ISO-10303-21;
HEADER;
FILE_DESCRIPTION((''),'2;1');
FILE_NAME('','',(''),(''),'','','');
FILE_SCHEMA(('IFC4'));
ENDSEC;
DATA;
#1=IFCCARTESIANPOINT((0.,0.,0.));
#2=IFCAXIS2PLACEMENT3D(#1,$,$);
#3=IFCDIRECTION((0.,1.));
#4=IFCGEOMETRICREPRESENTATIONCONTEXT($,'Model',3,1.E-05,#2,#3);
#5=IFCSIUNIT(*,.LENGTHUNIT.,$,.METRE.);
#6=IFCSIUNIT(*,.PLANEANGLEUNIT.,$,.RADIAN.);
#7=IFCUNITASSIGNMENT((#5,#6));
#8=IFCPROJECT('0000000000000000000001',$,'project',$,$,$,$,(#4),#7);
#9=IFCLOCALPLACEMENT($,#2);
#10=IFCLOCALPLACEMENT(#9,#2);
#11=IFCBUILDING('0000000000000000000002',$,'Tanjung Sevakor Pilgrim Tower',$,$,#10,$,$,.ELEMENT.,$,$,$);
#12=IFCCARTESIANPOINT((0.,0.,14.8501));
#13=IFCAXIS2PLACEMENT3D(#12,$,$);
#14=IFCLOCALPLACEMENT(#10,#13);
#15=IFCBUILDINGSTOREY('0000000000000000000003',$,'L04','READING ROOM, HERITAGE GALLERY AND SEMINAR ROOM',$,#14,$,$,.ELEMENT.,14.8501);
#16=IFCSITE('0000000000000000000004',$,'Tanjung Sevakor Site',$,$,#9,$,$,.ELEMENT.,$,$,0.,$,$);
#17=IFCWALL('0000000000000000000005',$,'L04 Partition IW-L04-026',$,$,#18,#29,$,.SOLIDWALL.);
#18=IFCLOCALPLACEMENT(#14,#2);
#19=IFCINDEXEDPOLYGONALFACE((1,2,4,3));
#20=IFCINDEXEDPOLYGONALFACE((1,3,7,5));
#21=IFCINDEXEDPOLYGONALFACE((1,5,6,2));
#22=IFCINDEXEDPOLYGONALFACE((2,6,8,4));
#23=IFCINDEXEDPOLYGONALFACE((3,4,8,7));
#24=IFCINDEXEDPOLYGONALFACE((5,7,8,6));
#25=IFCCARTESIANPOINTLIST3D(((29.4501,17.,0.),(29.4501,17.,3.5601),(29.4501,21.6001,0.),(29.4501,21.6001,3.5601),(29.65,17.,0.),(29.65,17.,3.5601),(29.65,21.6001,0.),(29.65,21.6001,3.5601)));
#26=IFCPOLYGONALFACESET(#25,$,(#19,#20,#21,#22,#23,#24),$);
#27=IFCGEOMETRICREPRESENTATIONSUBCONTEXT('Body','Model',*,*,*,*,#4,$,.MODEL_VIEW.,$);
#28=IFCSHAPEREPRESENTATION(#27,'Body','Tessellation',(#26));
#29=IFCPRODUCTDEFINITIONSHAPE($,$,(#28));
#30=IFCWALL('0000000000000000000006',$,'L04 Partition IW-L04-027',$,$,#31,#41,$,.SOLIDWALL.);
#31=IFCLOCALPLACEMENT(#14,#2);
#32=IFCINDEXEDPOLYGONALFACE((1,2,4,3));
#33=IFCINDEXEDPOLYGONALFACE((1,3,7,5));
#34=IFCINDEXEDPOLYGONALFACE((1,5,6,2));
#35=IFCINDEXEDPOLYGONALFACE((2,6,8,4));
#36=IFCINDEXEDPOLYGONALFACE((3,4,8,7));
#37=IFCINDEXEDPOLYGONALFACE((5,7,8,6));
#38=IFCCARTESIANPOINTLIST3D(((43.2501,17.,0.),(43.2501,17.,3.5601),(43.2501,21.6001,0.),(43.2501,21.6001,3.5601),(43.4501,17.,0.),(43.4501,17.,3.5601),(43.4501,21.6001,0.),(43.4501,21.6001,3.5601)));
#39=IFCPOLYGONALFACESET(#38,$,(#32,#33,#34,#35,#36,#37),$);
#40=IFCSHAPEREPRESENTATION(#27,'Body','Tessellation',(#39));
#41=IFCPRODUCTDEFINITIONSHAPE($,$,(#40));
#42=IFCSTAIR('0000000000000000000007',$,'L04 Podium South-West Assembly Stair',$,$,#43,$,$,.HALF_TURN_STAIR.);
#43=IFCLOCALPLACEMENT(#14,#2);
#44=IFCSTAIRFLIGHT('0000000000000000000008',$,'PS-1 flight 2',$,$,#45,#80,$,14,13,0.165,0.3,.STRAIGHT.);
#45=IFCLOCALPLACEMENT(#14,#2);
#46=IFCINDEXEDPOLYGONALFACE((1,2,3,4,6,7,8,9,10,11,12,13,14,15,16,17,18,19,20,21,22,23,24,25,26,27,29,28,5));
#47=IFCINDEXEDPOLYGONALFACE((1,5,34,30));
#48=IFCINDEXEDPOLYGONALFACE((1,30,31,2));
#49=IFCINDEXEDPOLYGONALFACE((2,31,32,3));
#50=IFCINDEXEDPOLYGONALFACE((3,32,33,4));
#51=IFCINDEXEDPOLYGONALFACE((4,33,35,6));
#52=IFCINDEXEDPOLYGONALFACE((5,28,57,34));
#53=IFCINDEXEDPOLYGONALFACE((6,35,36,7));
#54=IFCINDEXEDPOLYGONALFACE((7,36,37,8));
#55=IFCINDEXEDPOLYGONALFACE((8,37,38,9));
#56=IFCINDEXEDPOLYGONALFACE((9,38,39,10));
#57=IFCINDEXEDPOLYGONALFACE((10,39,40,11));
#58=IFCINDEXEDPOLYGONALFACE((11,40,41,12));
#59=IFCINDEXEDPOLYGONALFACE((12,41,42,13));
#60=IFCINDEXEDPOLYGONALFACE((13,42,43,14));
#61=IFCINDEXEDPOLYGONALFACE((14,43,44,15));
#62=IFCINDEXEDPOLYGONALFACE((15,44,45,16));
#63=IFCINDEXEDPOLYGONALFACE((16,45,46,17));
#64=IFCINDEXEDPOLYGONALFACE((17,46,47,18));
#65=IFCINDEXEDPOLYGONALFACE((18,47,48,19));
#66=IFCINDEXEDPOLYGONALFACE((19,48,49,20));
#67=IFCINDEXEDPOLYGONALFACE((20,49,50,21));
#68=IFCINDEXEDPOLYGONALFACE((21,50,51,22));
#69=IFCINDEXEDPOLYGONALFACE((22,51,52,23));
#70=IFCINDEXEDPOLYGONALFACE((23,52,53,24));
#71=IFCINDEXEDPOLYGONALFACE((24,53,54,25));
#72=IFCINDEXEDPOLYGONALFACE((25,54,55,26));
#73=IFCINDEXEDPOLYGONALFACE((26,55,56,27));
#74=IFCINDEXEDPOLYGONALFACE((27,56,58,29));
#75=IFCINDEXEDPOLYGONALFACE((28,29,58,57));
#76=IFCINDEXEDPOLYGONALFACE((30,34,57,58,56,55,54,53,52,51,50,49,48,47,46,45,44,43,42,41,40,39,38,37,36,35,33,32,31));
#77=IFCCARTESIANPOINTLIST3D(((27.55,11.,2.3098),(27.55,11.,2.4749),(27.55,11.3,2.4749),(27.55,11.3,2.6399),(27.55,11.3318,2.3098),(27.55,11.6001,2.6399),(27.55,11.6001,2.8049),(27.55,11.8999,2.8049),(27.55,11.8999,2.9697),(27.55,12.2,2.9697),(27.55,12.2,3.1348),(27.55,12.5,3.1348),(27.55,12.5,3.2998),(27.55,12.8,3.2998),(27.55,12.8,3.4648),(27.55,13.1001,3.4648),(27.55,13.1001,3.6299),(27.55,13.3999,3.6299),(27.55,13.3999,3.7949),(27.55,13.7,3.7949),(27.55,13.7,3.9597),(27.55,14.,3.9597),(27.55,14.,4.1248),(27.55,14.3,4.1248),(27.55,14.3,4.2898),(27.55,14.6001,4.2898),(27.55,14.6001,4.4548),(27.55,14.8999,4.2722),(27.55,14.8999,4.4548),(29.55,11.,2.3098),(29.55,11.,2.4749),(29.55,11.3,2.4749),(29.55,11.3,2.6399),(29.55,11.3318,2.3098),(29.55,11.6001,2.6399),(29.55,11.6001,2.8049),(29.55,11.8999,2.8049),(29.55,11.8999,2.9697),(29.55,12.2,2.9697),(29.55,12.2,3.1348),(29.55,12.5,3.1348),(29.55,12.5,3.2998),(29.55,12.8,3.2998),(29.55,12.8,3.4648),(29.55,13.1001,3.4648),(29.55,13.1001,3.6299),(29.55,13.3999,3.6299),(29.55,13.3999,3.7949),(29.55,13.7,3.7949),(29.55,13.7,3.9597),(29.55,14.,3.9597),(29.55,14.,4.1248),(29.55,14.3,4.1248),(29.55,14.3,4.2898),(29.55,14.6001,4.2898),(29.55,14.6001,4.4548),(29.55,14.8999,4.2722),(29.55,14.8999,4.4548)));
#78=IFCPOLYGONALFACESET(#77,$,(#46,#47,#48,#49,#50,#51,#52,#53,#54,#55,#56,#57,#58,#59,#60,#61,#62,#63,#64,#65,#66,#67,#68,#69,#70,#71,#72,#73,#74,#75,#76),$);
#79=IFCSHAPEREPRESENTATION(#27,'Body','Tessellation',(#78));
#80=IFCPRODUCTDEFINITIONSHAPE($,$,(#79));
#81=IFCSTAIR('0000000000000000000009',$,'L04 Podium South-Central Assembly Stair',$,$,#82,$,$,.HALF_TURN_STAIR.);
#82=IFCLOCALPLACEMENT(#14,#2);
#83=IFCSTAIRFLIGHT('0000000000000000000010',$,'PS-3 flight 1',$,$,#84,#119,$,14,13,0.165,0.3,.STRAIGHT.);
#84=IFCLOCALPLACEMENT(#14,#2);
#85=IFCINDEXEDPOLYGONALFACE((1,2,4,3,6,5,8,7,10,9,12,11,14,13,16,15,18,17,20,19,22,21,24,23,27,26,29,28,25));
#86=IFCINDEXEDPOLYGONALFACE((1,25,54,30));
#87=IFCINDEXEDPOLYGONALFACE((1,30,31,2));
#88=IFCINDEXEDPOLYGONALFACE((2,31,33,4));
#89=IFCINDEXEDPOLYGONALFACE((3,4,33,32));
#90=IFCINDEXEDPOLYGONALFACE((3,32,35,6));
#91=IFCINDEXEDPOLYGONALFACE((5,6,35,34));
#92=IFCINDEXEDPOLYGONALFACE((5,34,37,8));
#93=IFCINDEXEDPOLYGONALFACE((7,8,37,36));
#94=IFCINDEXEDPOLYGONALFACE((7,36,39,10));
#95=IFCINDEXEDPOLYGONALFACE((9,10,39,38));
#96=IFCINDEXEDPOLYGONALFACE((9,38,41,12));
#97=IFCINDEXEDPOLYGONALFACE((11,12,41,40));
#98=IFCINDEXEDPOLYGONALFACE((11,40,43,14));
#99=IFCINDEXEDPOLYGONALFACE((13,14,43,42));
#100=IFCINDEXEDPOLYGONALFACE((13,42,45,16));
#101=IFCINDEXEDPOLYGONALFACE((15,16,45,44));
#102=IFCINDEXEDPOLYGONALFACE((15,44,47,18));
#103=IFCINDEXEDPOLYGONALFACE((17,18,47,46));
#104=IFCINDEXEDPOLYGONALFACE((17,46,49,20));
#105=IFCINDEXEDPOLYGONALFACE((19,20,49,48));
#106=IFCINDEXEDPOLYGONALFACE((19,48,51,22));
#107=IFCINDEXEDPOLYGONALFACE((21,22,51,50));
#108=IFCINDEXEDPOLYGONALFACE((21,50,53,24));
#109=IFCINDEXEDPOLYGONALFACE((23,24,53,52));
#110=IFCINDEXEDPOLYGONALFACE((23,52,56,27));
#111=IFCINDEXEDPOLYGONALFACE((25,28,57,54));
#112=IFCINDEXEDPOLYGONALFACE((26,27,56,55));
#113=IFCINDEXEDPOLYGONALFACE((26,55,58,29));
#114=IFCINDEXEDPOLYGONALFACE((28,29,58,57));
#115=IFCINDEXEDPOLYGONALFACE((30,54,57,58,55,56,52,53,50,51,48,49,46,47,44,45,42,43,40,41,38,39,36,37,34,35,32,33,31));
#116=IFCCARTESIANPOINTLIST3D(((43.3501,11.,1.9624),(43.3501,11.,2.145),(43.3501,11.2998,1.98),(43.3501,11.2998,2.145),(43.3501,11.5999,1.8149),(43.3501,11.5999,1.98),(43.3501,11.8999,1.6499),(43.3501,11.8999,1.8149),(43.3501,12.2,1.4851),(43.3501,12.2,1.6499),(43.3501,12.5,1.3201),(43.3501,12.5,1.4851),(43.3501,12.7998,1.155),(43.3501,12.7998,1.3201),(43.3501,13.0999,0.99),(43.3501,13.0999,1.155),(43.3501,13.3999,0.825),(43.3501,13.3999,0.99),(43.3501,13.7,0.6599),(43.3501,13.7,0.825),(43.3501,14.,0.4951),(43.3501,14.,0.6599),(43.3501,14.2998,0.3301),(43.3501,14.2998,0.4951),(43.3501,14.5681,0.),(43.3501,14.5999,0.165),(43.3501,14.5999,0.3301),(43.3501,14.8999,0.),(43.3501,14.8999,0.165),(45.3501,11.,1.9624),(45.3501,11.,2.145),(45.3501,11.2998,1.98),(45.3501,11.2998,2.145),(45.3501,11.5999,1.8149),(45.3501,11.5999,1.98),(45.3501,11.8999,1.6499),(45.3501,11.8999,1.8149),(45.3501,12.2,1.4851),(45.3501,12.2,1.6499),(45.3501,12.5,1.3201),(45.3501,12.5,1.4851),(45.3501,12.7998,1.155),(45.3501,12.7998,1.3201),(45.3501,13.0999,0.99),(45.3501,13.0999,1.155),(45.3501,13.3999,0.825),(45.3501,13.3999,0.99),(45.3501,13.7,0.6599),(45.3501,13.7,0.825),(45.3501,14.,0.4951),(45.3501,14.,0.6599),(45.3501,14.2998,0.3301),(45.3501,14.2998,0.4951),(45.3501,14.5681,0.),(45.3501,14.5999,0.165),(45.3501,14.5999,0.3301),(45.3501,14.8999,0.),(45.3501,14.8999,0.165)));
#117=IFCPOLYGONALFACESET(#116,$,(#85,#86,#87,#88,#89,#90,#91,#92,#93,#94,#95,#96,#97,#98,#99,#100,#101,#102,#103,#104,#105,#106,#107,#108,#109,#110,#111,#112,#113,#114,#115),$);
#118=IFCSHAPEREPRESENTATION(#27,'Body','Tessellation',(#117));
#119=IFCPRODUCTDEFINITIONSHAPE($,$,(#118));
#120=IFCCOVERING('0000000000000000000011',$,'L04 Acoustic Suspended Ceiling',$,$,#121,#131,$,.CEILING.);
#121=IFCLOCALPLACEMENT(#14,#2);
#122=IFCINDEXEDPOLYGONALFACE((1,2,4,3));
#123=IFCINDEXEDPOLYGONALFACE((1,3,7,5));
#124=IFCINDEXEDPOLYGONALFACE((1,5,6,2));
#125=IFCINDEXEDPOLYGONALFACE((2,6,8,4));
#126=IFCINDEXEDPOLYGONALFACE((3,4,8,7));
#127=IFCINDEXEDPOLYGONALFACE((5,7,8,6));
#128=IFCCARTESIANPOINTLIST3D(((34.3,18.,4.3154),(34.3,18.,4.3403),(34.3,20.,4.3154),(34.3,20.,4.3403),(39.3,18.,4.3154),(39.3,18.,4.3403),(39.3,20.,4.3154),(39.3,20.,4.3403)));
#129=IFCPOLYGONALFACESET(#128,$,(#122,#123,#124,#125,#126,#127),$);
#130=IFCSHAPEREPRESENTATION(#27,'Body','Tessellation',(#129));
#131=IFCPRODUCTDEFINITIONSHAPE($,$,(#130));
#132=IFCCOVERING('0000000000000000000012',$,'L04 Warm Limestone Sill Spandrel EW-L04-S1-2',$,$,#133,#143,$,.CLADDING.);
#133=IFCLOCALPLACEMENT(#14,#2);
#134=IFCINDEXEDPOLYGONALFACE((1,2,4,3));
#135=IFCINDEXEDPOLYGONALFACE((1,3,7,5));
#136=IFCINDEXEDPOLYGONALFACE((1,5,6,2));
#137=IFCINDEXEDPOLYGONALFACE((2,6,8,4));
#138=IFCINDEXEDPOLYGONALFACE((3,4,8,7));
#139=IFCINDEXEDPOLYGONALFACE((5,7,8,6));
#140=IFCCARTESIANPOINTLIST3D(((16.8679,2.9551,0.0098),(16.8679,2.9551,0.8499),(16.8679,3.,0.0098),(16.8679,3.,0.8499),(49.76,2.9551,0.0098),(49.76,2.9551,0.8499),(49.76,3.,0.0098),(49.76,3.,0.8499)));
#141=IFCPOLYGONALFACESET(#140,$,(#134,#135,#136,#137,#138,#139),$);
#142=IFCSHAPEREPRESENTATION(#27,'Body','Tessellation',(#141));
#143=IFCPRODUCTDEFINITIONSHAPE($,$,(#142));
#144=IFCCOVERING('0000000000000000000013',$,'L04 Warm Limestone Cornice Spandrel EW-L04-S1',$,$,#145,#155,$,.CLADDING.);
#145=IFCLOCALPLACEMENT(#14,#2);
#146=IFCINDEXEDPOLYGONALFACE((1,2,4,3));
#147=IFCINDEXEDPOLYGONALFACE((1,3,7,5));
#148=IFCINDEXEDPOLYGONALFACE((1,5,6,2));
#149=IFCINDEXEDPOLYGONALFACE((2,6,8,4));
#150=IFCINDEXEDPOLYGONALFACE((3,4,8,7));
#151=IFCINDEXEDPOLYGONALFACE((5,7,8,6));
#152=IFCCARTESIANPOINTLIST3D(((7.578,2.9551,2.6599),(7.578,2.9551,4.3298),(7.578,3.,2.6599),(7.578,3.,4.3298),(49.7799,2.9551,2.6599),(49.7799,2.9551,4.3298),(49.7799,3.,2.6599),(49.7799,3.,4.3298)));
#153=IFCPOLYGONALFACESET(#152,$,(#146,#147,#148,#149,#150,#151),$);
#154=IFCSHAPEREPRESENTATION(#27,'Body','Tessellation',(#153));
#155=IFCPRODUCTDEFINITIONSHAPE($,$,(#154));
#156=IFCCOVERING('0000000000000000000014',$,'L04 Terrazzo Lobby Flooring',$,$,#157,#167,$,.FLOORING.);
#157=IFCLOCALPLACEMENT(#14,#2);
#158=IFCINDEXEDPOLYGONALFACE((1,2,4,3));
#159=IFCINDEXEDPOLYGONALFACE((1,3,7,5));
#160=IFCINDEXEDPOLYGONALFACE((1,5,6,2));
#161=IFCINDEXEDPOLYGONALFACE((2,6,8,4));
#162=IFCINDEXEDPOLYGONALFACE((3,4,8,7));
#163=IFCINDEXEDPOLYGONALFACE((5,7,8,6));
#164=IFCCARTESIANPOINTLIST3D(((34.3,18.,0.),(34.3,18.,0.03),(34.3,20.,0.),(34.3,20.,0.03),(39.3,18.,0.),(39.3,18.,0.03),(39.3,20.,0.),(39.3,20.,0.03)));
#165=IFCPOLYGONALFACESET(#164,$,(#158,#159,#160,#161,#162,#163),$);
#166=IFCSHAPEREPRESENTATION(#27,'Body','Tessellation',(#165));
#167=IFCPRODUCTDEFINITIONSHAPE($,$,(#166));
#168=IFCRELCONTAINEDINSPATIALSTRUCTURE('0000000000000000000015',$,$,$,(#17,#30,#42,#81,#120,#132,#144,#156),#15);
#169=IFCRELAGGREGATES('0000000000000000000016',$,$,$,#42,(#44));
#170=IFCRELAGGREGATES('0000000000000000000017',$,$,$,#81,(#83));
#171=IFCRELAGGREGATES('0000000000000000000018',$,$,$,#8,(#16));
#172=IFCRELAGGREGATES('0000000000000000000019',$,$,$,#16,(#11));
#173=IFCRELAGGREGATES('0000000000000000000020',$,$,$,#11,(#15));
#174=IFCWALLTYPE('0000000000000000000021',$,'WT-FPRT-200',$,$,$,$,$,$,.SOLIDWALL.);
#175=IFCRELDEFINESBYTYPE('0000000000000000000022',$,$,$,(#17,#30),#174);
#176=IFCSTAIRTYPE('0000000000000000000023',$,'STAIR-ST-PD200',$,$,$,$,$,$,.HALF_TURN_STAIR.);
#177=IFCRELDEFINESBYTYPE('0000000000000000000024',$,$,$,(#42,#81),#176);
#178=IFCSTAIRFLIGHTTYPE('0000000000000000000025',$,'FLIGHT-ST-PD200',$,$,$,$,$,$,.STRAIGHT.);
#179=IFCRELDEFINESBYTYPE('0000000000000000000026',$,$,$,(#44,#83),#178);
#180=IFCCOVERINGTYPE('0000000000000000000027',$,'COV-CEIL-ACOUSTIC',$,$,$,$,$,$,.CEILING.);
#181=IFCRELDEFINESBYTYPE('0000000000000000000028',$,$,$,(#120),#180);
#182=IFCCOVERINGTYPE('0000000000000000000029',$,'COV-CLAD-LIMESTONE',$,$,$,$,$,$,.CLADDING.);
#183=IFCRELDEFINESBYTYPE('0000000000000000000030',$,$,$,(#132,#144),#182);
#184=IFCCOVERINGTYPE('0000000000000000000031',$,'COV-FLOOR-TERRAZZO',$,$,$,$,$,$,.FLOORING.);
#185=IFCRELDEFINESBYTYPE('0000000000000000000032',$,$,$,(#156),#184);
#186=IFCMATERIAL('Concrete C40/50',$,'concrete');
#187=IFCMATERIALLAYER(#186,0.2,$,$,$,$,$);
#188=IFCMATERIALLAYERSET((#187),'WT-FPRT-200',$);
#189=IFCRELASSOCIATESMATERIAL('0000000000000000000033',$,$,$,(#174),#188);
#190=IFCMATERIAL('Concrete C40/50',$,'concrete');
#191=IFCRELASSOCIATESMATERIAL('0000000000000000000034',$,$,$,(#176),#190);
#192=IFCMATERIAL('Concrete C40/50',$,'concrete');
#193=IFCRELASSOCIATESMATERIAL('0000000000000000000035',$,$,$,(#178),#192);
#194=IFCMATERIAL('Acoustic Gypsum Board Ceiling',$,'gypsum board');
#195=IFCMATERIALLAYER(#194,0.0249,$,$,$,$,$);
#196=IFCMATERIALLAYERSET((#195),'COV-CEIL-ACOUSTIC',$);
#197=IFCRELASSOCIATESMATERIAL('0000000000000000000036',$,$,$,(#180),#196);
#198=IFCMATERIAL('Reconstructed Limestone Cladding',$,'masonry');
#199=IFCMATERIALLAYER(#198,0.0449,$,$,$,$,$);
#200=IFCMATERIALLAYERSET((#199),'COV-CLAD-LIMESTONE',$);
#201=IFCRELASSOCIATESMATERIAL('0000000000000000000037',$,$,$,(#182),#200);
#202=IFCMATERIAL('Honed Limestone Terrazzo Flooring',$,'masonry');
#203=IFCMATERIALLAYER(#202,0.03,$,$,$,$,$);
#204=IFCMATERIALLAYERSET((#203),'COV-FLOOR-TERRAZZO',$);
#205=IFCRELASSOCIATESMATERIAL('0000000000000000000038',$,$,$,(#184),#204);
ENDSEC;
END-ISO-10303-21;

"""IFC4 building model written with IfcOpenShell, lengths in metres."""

from ifc_helpers import new_model, si_unit, direction, frame, frame_2d, origin, origin_2d, place, context, subcontext, project, spatial, polyline, rectangle, outline, extrude, material, layer, layer_set, type_object, element, aggregate, save


model = new_model("IFC4")

# Units and contexts
model_context = context("Model", 3, precision=1e-05, world=origin(), true_north=direction((0.0, 1.0)))
body_context = subcontext(model_context, "Body", "Model", "MODEL_VIEW")
ifc_project = project(units=[si_unit("LENGTHUNIT", "METRE"), si_unit("PLANEANGLEUNIT", "RADIAN")], contexts=[model_context])

# Site, building, storey
site_placement = place(None, origin())
site = spatial("IfcSite", under=ifc_project, at=site_placement, Name="Tanjung Sevakor Site", CompositionType="ELEMENT", RefElevation=0.0)
building_placement = place(site_placement, origin())
building = spatial("IfcBuilding", under=site, at=building_placement, Name="Tanjung Sevakor Pilgrim Tower", CompositionType="ELEMENT")
storey_placement = place(building_placement, frame((0.0, 0.0, 14.8501)))
storey = spatial("IfcBuildingStorey", under=building, at=storey_placement, Name="L04", Description="READING ROOM, HERITAGE GALLERY AND SEMINAR ROOM", CompositionType="ELEMENT", Elevation=14.8501)

# Walls
ifc_material_1 = material(Name="Concrete C40/50", Category="concrete")
ifc_layer_1 = layer(ifc_material_1, 0.2)
ifc_layer_set_1 = layer_set([ifc_layer_1], Name="WT-FPRT-200")
wall_type_1 = type_object("IfcWallType", Name="WT-FPRT-200", PredefinedType="SOLIDWALL", material=ifc_layer_set_1)
for number, where, z_axis, x_axis, name in (
    (1, (29.55, 17.0, 0.0), (0.0, 0.0, 1.0), (0.0, 1.0, 0.0), "L04 Partition IW-L04-026"),
    (2, (43.3501, 17.0, 0.0), (0.0, 0.0, 1.0), (0.0, 1.0, 0.0), "L04 Partition IW-L04-027"),
):
    element("IfcWall", number, at=place(storey_placement, frame(where, z_axis=z_axis, x_axis=x_axis)), inside=storey, type_object=wall_type_1, Name=name, PredefinedType="SOLIDWALL", context=body_context, shape_type="SweptSolid", body=[
        extrude(rectangle(XDim=4.6001, YDim=0.2, at=frame_2d((2.3, 0.0))), origin(), (0.0, 0.0, 1.0), 3.5601),
    ])

# Stairs, stair flights
ifc_material_2 = material(Name="Concrete C40/50", Category="concrete")
stair_type = type_object("IfcStairType", Name="STAIR-ST-PD200", PredefinedType="HALF_TURN_STAIR", material=ifc_material_2)
stair_1_placement = place(storey_placement, origin())
stair_1 = element("IfcStair", 3, at=stair_1_placement, inside=storey, type_object=stair_type, Name="L04 Podium South-West Assembly Stair", PredefinedType="HALF_TURN_STAIR")
ifc_material_3 = material(Name="Concrete C40/50", Category="concrete")
stair_flight_type = type_object("IfcStairFlightType", Name="FLIGHT-ST-PD200", PredefinedType="STRAIGHT", material=ifc_material_3)
stair_flight_1_placement = place(storey_placement, frame((28.55, 11.0, 2.3098), z_axis=(0.0, 0.0, 1.0), x_axis=(0.0, 1.0, 0.0)))
stair_flight_1 = element("IfcStairFlight", 4, at=stair_flight_1_placement, type_object=stair_flight_type, Name="PS-1 flight 2", NumberOfRisers=14, NumberOfTreads=13, PredefinedType="STRAIGHT", RiserHeight=0.165, TreadLength=0.3, context=body_context, shape_type="SweptSolid", body=[
    extrude(outline(polyline([(0.0, 0.0), (0.0, 0.165), (0.3, 0.165), (0.3, 0.3301), (0.6001, 0.3301), (0.6001, 0.4951), (0.8999, 0.4951), (0.8999, 0.6599), (1.2, 0.6599), (1.2, 0.825), (1.5, 0.825), (1.5, 0.99), (1.8, 0.99), (1.8, 1.155), (2.1001, 1.155), (2.1001, 1.3201), (2.3999, 1.3201), (2.3999, 1.4851), (2.7, 1.4851), (2.7, 1.6499), (3.0, 1.6499), (3.0, 1.8149), (3.3, 1.8149), (3.3, 1.98), (3.6001, 1.98), (3.6001, 2.145), (3.8999, 2.145), (3.8999, 2.3101), (3.8999, 1.9624), (0.3318, 0.0), (0.0, 0.0)])), frame((0.0, 1.0, 0.0), z_axis=(0.0, -1.0, 0.0), x_axis=(1.0, 0.0, 0.0)), (0.0, 0.0, 1.0), 2.0),
])
aggregate(stair_1, [stair_flight_1])
stair_2_placement = place(storey_placement, origin())
stair_2 = element("IfcStair", 5, at=stair_2_placement, inside=storey, type_object=stair_type, Name="L04 Podium South-Central Assembly Stair", PredefinedType="HALF_TURN_STAIR")
stair_flight_2_placement = place(storey_placement, frame((44.3501, 14.8999, 0.0), z_axis=(0.0, 0.0, 1.0), x_axis=(0.0, -1.0, 0.0)))
stair_flight_2 = element("IfcStairFlight", 6, at=stair_flight_2_placement, type_object=stair_flight_type, Name="PS-3 flight 1", NumberOfRisers=14, NumberOfTreads=13, PredefinedType="STRAIGHT", RiserHeight=0.165, TreadLength=0.3, context=body_context, shape_type="SweptSolid", body=[
    extrude(outline(polyline([(0.0, 0.0), (0.0, 0.165), (0.3, 0.165), (0.3, 0.3301), (0.6001, 0.3301), (0.6001, 0.4951), (0.8999, 0.4951), (0.8999, 0.6599), (1.2, 0.6599), (1.2, 0.825), (1.5, 0.825), (1.5, 0.99), (1.8, 0.99), (1.8, 1.155), (2.1001, 1.155), (2.1001, 1.3201), (2.3999, 1.3201), (2.3999, 1.4851), (2.7, 1.4851), (2.7, 1.6499), (3.0, 1.6499), (3.0, 1.8149), (3.3, 1.8149), (3.3, 1.98), (3.6001, 1.98), (3.6001, 2.145), (3.8999, 2.145), (3.8999, 2.3101), (3.8999, 1.9624), (0.3318, 0.0), (0.0, 0.0)])), frame((0.0, 1.0, 0.0), z_axis=(0.0, -1.0, 0.0), x_axis=(1.0, 0.0, 0.0)), (0.0, 0.0, 1.0), 2.0),
])
aggregate(stair_2, [stair_flight_2])

# Coverings
ifc_material_4 = material(Name="Acoustic Gypsum Board Ceiling", Category="gypsum board")
ifc_layer_2 = layer(ifc_material_4, 0.0249)
ifc_layer_set_2 = layer_set([ifc_layer_2], Name="COV-CEIL-ACOUSTIC")
covering_type_1 = type_object("IfcCoveringType", Name="COV-CEIL-ACOUSTIC", PredefinedType="CEILING", material=ifc_layer_set_2)
covering_1_placement = place(storey_placement, frame((36.8, 19.0, 4.3154), z_axis=(0.0, 0.0, 1.0), x_axis=(1.0, 0.0, 0.0)))
element("IfcCovering", 7, at=covering_1_placement, inside=storey, type_object=covering_type_1, Name="L04 Acoustic Suspended Ceiling", PredefinedType="CEILING", context=body_context, shape_type="SweptSolid", body=[
    extrude(rectangle(XDim=5.0, YDim=2.0, at=origin_2d()), origin(), (0.0, 0.0, 1.0), 0.0249),
])
ifc_material_5 = material(Name="Reconstructed Limestone Cladding", Category="masonry")
ifc_layer_3 = layer(ifc_material_5, 0.0449)
ifc_layer_set_3 = layer_set([ifc_layer_3], Name="COV-CLAD-LIMESTONE")
covering_type_2 = type_object("IfcCoveringType", Name="COV-CLAD-LIMESTONE", PredefinedType="CLADDING", material=ifc_layer_set_3)
covering_2_placement = place(storey_placement, frame((33.314, 2.9775, 0.0098), z_axis=(0.0, 0.0, 1.0), x_axis=(1.0, 0.0, 0.0)))
element("IfcCovering", 8, at=covering_2_placement, inside=storey, type_object=covering_type_2, Name="L04 Warm Limestone Sill Spandrel EW-L04-S1-2", PredefinedType="CLADDING", context=body_context, shape_type="SweptSolid", body=[
    extrude(rectangle(XDim=32.8921, YDim=0.0449, at=origin_2d()), origin(), (0.0, 0.0, 1.0), 0.8401),
])
covering_3_placement = place(storey_placement, frame((28.679, 2.9775, 2.6599), z_axis=(0.0, 0.0, 1.0), x_axis=(1.0, 0.0, 0.0)))
element("IfcCovering", 9, at=covering_3_placement, inside=storey, type_object=covering_type_2, Name="L04 Warm Limestone Cornice Spandrel EW-L04-S1", PredefinedType="CLADDING", context=body_context, shape_type="SweptSolid", body=[
    extrude(rectangle(XDim=42.2019, YDim=0.0449, at=origin_2d()), origin(), (0.0, 0.0, 1.0), 1.6699),
])
ifc_material_6 = material(Name="Honed Limestone Terrazzo Flooring", Category="masonry")
ifc_layer_4 = layer(ifc_material_6, 0.03)
ifc_layer_set_4 = layer_set([ifc_layer_4], Name="COV-FLOOR-TERRAZZO")
covering_type_3 = type_object("IfcCoveringType", Name="COV-FLOOR-TERRAZZO", PredefinedType="FLOORING", material=ifc_layer_set_4)
covering_4_placement = place(storey_placement, frame((36.8, 19.0, 0.0), z_axis=(0.0, 0.0, 1.0), x_axis=(1.0, 0.0, 0.0)))
element("IfcCovering", 10, at=covering_4_placement, inside=storey, type_object=covering_type_3, Name="L04 Terrazzo Lobby Flooring", PredefinedType="FLOORING", context=body_context, shape_type="SweptSolid", body=[
    extrude(rectangle(XDim=5.0, YDim=2.0, at=origin_2d()), origin(), (0.0, 0.0, 1.0), 0.03),
])

save(model, "model.ifc")
